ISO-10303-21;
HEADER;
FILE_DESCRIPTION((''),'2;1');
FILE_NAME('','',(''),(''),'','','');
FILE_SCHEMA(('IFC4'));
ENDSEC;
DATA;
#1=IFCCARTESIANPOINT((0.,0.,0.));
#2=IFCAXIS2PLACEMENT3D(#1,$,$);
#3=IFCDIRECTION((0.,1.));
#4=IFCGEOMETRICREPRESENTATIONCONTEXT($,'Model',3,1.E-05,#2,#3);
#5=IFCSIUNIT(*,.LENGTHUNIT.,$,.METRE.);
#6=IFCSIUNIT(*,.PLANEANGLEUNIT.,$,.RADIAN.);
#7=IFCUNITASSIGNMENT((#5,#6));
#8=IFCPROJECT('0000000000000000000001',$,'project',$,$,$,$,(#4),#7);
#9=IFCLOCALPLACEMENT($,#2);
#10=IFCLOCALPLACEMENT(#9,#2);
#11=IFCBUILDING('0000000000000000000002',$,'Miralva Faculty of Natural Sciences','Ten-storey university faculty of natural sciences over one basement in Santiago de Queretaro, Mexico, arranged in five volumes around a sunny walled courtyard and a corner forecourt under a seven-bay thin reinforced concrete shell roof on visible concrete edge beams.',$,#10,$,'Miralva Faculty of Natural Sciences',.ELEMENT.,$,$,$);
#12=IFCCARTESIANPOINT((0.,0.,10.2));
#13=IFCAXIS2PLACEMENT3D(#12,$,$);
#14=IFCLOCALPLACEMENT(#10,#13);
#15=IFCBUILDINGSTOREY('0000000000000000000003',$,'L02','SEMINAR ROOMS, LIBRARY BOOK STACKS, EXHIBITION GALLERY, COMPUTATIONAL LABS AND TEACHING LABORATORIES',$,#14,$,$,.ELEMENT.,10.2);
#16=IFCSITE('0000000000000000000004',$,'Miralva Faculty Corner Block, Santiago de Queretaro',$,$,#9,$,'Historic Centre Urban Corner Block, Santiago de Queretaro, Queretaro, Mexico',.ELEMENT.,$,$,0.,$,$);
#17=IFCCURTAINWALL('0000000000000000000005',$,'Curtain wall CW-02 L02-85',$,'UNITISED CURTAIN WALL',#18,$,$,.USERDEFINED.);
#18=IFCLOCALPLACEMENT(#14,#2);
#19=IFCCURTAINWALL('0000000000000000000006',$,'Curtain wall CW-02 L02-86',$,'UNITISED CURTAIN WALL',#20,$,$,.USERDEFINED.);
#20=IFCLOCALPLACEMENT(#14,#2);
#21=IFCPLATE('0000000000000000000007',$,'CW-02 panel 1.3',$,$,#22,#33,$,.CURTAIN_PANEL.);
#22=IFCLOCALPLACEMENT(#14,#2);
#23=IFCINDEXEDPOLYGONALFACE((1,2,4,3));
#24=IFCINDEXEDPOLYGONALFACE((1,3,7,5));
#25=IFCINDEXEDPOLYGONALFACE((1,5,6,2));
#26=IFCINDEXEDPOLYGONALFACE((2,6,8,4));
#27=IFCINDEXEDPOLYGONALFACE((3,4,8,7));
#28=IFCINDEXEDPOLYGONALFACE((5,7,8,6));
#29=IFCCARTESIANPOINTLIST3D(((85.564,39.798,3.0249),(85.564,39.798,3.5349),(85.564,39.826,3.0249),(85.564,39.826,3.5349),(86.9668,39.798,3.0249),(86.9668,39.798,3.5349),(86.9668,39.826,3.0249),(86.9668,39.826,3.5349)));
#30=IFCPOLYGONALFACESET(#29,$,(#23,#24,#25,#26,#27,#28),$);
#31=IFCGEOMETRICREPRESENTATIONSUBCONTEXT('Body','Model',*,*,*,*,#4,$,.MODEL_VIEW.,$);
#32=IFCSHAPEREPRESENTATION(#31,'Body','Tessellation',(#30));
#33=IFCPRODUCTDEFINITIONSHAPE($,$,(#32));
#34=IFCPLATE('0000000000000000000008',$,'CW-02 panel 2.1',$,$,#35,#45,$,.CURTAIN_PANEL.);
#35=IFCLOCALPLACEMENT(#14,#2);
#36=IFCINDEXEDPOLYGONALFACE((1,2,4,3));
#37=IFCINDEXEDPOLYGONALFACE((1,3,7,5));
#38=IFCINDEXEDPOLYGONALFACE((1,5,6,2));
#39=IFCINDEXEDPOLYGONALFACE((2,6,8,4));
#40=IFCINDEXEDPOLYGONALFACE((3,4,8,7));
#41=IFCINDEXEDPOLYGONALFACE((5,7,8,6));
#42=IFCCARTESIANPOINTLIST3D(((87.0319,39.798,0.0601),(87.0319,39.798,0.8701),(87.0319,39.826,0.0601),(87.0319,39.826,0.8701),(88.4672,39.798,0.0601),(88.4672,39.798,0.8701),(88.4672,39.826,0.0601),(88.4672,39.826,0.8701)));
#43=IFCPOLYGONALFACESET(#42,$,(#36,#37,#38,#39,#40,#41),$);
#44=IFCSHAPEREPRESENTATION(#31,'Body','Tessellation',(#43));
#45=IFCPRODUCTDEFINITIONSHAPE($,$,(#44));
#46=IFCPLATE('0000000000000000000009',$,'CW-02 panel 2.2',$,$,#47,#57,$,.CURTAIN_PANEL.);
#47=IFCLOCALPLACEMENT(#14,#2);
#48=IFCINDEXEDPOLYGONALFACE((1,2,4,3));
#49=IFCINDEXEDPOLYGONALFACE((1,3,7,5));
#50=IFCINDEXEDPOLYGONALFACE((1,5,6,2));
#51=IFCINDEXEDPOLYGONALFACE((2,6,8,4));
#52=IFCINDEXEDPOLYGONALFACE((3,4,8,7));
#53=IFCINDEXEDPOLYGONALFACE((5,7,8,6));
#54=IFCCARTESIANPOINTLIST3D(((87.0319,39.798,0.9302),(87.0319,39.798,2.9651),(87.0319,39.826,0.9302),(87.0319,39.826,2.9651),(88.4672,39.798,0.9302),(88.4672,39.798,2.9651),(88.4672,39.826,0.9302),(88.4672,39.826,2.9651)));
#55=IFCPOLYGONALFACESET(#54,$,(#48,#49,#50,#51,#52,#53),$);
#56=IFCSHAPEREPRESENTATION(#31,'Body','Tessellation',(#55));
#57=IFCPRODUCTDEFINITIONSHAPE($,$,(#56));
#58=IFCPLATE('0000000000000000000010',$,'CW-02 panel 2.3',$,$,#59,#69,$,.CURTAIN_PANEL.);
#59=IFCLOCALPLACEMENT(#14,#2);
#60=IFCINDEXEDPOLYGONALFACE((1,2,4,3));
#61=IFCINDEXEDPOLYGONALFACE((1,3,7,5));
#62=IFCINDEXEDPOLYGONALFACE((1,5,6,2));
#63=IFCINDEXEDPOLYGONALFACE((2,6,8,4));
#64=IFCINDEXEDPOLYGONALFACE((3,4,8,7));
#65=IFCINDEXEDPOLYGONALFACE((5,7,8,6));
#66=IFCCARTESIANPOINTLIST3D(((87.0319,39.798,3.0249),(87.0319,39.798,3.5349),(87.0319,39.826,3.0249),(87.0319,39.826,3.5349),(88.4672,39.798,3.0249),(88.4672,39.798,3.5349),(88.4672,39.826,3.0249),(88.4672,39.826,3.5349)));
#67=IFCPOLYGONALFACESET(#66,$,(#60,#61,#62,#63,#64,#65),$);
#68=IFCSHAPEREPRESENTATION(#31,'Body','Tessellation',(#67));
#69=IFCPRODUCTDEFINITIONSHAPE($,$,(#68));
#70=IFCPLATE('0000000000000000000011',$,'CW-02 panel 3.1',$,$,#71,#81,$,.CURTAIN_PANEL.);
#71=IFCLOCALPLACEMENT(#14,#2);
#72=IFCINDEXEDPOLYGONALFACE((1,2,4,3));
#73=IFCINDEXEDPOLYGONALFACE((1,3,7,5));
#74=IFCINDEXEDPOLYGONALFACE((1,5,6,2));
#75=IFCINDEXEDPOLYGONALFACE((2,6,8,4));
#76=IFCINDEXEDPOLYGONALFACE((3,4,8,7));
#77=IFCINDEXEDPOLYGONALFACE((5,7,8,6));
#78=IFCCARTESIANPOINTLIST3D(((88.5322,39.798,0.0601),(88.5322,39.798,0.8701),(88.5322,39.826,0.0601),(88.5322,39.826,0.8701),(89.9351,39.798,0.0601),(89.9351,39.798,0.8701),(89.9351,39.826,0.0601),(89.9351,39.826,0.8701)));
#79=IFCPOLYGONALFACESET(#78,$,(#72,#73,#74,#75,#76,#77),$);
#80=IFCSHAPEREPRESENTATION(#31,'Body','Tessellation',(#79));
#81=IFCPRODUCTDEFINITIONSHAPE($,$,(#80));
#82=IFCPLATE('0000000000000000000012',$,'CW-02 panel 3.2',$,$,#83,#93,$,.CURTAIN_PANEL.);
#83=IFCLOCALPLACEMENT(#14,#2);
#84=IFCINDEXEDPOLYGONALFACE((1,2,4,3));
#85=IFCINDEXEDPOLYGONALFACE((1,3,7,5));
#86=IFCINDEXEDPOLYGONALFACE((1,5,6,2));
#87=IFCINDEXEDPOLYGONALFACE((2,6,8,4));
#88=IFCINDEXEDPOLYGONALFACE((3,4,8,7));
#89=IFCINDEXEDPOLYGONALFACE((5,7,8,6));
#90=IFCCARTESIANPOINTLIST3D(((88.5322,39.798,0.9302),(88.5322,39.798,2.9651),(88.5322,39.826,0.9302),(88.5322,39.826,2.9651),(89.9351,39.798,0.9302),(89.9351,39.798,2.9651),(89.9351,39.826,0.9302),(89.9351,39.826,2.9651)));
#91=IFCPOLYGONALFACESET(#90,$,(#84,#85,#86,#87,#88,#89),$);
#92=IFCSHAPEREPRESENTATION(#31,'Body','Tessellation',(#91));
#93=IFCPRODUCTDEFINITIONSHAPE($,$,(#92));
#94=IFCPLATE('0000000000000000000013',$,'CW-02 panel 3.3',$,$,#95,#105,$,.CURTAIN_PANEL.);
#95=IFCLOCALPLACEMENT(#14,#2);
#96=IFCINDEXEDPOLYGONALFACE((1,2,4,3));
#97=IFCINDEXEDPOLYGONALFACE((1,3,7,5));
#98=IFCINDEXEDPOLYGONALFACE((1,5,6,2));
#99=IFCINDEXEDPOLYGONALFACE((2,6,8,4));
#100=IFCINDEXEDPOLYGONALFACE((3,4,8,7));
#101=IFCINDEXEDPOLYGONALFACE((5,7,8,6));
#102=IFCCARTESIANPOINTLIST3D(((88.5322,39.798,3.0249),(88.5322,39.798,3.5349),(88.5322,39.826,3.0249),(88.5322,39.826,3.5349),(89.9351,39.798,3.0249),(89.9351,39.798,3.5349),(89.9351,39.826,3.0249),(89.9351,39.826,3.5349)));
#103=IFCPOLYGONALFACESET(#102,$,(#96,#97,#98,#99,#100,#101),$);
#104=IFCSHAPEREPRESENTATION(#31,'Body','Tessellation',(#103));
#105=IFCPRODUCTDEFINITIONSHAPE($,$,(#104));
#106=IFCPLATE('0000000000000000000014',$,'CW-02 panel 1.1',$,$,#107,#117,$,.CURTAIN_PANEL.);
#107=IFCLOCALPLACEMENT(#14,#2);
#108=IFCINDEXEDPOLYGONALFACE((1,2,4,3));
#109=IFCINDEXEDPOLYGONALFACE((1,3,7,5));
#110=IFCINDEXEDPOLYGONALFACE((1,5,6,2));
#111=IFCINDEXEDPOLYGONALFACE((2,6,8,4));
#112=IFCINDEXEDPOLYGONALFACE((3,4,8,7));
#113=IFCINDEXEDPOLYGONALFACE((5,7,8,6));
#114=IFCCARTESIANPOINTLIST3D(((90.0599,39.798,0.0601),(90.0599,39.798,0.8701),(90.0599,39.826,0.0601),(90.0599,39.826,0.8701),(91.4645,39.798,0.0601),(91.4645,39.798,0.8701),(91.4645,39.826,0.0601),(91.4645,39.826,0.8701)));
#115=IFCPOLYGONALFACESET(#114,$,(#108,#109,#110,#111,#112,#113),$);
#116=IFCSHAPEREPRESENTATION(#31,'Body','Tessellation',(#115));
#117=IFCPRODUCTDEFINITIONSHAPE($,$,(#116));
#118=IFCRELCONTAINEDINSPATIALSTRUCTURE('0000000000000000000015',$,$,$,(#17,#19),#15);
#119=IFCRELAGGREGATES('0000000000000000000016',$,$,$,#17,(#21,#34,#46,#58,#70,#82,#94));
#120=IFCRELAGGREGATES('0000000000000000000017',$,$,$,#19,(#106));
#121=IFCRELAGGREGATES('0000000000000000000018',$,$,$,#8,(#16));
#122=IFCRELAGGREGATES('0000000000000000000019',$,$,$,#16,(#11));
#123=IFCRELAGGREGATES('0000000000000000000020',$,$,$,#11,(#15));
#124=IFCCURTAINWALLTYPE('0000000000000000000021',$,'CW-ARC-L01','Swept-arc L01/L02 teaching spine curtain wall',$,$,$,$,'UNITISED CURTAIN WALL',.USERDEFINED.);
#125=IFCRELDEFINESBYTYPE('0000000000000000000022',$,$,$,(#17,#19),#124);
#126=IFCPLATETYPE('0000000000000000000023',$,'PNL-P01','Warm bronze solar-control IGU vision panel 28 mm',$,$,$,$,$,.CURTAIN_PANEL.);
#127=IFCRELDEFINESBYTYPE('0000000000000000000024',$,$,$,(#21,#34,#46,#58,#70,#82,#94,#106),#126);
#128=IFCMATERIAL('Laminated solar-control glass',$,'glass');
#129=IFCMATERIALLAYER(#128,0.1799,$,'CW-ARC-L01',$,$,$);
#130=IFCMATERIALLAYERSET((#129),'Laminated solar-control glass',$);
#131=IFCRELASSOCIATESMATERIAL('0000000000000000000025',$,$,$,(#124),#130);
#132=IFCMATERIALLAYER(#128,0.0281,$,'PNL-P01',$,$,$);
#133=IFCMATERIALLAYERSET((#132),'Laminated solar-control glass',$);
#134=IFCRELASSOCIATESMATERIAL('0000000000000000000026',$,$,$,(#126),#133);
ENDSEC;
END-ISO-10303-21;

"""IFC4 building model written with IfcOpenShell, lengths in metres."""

from ifc_helpers import new_model, si_unit, direction, frame, origin, origin_2d, place, context, subcontext, project, spatial, rectangle, extrude, material, layer, layer_set, type_object, element, aggregate, save


model = new_model("IFC4")

# Units and contexts
model_context = context("Model", 3, precision=1e-05, world=origin(), true_north=direction((0.0, 1.0)))
body_context = subcontext(model_context, "Body", "Model", "MODEL_VIEW")
ifc_project = project(units=[si_unit("LENGTHUNIT", "METRE"), si_unit("PLANEANGLEUNIT", "RADIAN")], contexts=[model_context])

# Site, building, storey
site_placement = place(None, origin())
site = spatial("IfcSite", under=ifc_project, at=site_placement, Name="Miralva Faculty Corner Block, Santiago de Queretaro", LongName="Historic Centre Urban Corner Block, Santiago de Queretaro, Queretaro, Mexico", CompositionType="ELEMENT", RefElevation=0.0)
building_placement = place(site_placement, origin())
building = spatial("IfcBuilding", under=site, at=building_placement, Name="Miralva Faculty of Natural Sciences", Description="Ten-storey university faculty of natural sciences over one basement in Santiago de Queretaro, Mexico, arranged in five volumes around a sunny walled courtyard and a corner forecourt under a seven-bay thin reinforced concrete shell roof on visible concrete edge beams.", LongName="Miralva Faculty of Natural Sciences", CompositionType="ELEMENT")
storey_placement = place(building_placement, frame((0.0, 0.0, 10.2)))
storey = spatial("IfcBuildingStorey", under=building, at=storey_placement, Name="L02", Description="SEMINAR ROOMS, LIBRARY BOOK STACKS, EXHIBITION GALLERY, COMPUTATIONAL LABS AND TEACHING LABORATORIES", CompositionType="ELEMENT", Elevation=10.2)

# Shared definitions
ifc_material_1 = material(Name="Laminated solar-control glass", Category="glass")
ifc_layer_1 = layer(ifc_material_1, 0.1799, Name="CW-ARC-L01")
ifc_layer_set_1 = layer_set([ifc_layer_1], Name="Laminated solar-control glass")
curtain_wall_type = type_object("IfcCurtainWallType", Name="CW-ARC-L01", Description="Swept-arc L01/L02 teaching spine curtain wall", ElementType="UNITISED CURTAIN WALL", PredefinedType="USERDEFINED", material=ifc_layer_set_1)

# Curtain wall
curtain_wall_1_placement = place(storey_placement, origin())
curtain_wall_1 = element("IfcCurtainWall", 1, at=curtain_wall_1_placement, inside=storey, type_object=curtain_wall_type, Name="Curtain wall CW-02 L02-85", ObjectType="UNITISED CURTAIN WALL", PredefinedType="USERDEFINED")

# Curtain wall
curtain_wall_2_placement = place(storey_placement, origin())
curtain_wall_2 = element("IfcCurtainWall", 2, at=curtain_wall_2_placement, inside=storey, type_object=curtain_wall_type, Name="Curtain wall CW-02 L02-86", ObjectType="UNITISED CURTAIN WALL", PredefinedType="USERDEFINED")

# Plates
ifc_layer_2 = layer(ifc_material_1, 0.0281, Name="PNL-P01")
ifc_layer_set_2 = layer_set([ifc_layer_2], Name="Laminated solar-control glass")
plate_type = type_object("IfcPlateType", Name="PNL-P01", Description="Warm bronze solar-control IGU vision panel 28 mm", PredefinedType="CURTAIN_PANEL", material=ifc_layer_set_2)
plate_1_placement = place(storey_placement, frame((86.2654, 39.812, 3.0249), z_axis=(0.0, 0.0, 1.0), x_axis=(1.0, 0.0, 0.0)))
plate_1 = element("IfcPlate", 3, at=plate_1_placement, type_object=plate_type, Name="CW-02 panel 1.3", PredefinedType="CURTAIN_PANEL", context=body_context, shape_type="SweptSolid", body=[
    extrude(rectangle(XDim=1.4028, YDim=0.0281, at=origin_2d()), origin(), (0.0, 0.0, 1.0), 0.51),
])
plate_2_placement = place(storey_placement, frame((87.7495, 39.812, 0.0601), z_axis=(0.0, 0.0, 1.0), x_axis=(1.0, 0.0, 0.0)))
plate_2 = element("IfcPlate", 4, at=plate_2_placement, type_object=plate_type, Name="CW-02 panel 2.1", PredefinedType="CURTAIN_PANEL", context=body_context, shape_type="SweptSolid", body=[
    extrude(rectangle(XDim=1.4353, YDim=0.0281, at=origin_2d()), origin(), (0.0, 0.0, 1.0), 0.8101),
])
plate_3_placement = place(storey_placement, frame((87.7495, 39.812, 0.9302), z_axis=(0.0, 0.0, 1.0), x_axis=(1.0, 0.0, 0.0)))
plate_3 = element("IfcPlate", 5, at=plate_3_placement, type_object=plate_type, Name="CW-02 panel 2.2", PredefinedType="CURTAIN_PANEL", context=body_context, shape_type="SweptSolid", body=[
    extrude(rectangle(XDim=1.4353, YDim=0.0281, at=origin_2d()), origin(), (0.0, 0.0, 1.0), 2.0349),
])
plate_4_placement = place(storey_placement, frame((87.7495, 39.812, 3.0249), z_axis=(0.0, 0.0, 1.0), x_axis=(1.0, 0.0, 0.0)))
plate_4 = element("IfcPlate", 6, at=plate_4_placement, type_object=plate_type, Name="CW-02 panel 2.3", PredefinedType="CURTAIN_PANEL", context=body_context, shape_type="SweptSolid", body=[
    extrude(rectangle(XDim=1.4353, YDim=0.0281, at=origin_2d()), origin(), (0.0, 0.0, 1.0), 0.51),
])
plate_5_placement = place(storey_placement, frame((89.2336, 39.812, 0.0601), z_axis=(0.0, 0.0, 1.0), x_axis=(1.0, 0.0, 0.0)))
plate_5 = element("IfcPlate", 7, at=plate_5_placement, type_object=plate_type, Name="CW-02 panel 3.1", PredefinedType="CURTAIN_PANEL", context=body_context, shape_type="SweptSolid", body=[
    extrude(rectangle(XDim=1.4028, YDim=0.0281, at=origin_2d()), origin(), (0.0, 0.0, 1.0), 0.8101),
])
plate_6_placement = place(storey_placement, frame((89.2336, 39.812, 0.9302), z_axis=(0.0, 0.0, 1.0), x_axis=(1.0, 0.0, 0.0)))
plate_6 = element("IfcPlate", 8, at=plate_6_placement, type_object=plate_type, Name="CW-02 panel 3.2", PredefinedType="CURTAIN_PANEL", context=body_context, shape_type="SweptSolid", body=[
    extrude(rectangle(XDim=1.4028, YDim=0.0281, at=origin_2d()), origin(), (0.0, 0.0, 1.0), 2.0349),
])
plate_7_placement = place(storey_placement, frame((89.2336, 39.812, 3.0249), z_axis=(0.0, 0.0, 1.0), x_axis=(1.0, 0.0, 0.0)))
plate_7 = element("IfcPlate", 9, at=plate_7_placement, type_object=plate_type, Name="CW-02 panel 3.3", PredefinedType="CURTAIN_PANEL", context=body_context, shape_type="SweptSolid", body=[
    extrude(rectangle(XDim=1.4028, YDim=0.0281, at=origin_2d()), origin(), (0.0, 0.0, 1.0), 0.51),
])
aggregate(curtain_wall_1, [plate_1, plate_2, plate_3, plate_4, plate_5, plate_6, plate_7])
plate_8_placement = place(storey_placement, frame((90.7622, 39.812, 0.0601), z_axis=(0.0, 0.0, 1.0), x_axis=(1.0, 0.0, 0.0)))
plate_8 = element("IfcPlate", 10, at=plate_8_placement, type_object=plate_type, Name="CW-02 panel 1.1", PredefinedType="CURTAIN_PANEL", context=body_context, shape_type="SweptSolid", body=[
    extrude(rectangle(XDim=1.4045, YDim=0.0281, at=origin_2d()), origin(), (0.0, 0.0, 1.0), 0.8101),
])
aggregate(curtain_wall_2, [plate_8])

save(model, "model.ifc")
